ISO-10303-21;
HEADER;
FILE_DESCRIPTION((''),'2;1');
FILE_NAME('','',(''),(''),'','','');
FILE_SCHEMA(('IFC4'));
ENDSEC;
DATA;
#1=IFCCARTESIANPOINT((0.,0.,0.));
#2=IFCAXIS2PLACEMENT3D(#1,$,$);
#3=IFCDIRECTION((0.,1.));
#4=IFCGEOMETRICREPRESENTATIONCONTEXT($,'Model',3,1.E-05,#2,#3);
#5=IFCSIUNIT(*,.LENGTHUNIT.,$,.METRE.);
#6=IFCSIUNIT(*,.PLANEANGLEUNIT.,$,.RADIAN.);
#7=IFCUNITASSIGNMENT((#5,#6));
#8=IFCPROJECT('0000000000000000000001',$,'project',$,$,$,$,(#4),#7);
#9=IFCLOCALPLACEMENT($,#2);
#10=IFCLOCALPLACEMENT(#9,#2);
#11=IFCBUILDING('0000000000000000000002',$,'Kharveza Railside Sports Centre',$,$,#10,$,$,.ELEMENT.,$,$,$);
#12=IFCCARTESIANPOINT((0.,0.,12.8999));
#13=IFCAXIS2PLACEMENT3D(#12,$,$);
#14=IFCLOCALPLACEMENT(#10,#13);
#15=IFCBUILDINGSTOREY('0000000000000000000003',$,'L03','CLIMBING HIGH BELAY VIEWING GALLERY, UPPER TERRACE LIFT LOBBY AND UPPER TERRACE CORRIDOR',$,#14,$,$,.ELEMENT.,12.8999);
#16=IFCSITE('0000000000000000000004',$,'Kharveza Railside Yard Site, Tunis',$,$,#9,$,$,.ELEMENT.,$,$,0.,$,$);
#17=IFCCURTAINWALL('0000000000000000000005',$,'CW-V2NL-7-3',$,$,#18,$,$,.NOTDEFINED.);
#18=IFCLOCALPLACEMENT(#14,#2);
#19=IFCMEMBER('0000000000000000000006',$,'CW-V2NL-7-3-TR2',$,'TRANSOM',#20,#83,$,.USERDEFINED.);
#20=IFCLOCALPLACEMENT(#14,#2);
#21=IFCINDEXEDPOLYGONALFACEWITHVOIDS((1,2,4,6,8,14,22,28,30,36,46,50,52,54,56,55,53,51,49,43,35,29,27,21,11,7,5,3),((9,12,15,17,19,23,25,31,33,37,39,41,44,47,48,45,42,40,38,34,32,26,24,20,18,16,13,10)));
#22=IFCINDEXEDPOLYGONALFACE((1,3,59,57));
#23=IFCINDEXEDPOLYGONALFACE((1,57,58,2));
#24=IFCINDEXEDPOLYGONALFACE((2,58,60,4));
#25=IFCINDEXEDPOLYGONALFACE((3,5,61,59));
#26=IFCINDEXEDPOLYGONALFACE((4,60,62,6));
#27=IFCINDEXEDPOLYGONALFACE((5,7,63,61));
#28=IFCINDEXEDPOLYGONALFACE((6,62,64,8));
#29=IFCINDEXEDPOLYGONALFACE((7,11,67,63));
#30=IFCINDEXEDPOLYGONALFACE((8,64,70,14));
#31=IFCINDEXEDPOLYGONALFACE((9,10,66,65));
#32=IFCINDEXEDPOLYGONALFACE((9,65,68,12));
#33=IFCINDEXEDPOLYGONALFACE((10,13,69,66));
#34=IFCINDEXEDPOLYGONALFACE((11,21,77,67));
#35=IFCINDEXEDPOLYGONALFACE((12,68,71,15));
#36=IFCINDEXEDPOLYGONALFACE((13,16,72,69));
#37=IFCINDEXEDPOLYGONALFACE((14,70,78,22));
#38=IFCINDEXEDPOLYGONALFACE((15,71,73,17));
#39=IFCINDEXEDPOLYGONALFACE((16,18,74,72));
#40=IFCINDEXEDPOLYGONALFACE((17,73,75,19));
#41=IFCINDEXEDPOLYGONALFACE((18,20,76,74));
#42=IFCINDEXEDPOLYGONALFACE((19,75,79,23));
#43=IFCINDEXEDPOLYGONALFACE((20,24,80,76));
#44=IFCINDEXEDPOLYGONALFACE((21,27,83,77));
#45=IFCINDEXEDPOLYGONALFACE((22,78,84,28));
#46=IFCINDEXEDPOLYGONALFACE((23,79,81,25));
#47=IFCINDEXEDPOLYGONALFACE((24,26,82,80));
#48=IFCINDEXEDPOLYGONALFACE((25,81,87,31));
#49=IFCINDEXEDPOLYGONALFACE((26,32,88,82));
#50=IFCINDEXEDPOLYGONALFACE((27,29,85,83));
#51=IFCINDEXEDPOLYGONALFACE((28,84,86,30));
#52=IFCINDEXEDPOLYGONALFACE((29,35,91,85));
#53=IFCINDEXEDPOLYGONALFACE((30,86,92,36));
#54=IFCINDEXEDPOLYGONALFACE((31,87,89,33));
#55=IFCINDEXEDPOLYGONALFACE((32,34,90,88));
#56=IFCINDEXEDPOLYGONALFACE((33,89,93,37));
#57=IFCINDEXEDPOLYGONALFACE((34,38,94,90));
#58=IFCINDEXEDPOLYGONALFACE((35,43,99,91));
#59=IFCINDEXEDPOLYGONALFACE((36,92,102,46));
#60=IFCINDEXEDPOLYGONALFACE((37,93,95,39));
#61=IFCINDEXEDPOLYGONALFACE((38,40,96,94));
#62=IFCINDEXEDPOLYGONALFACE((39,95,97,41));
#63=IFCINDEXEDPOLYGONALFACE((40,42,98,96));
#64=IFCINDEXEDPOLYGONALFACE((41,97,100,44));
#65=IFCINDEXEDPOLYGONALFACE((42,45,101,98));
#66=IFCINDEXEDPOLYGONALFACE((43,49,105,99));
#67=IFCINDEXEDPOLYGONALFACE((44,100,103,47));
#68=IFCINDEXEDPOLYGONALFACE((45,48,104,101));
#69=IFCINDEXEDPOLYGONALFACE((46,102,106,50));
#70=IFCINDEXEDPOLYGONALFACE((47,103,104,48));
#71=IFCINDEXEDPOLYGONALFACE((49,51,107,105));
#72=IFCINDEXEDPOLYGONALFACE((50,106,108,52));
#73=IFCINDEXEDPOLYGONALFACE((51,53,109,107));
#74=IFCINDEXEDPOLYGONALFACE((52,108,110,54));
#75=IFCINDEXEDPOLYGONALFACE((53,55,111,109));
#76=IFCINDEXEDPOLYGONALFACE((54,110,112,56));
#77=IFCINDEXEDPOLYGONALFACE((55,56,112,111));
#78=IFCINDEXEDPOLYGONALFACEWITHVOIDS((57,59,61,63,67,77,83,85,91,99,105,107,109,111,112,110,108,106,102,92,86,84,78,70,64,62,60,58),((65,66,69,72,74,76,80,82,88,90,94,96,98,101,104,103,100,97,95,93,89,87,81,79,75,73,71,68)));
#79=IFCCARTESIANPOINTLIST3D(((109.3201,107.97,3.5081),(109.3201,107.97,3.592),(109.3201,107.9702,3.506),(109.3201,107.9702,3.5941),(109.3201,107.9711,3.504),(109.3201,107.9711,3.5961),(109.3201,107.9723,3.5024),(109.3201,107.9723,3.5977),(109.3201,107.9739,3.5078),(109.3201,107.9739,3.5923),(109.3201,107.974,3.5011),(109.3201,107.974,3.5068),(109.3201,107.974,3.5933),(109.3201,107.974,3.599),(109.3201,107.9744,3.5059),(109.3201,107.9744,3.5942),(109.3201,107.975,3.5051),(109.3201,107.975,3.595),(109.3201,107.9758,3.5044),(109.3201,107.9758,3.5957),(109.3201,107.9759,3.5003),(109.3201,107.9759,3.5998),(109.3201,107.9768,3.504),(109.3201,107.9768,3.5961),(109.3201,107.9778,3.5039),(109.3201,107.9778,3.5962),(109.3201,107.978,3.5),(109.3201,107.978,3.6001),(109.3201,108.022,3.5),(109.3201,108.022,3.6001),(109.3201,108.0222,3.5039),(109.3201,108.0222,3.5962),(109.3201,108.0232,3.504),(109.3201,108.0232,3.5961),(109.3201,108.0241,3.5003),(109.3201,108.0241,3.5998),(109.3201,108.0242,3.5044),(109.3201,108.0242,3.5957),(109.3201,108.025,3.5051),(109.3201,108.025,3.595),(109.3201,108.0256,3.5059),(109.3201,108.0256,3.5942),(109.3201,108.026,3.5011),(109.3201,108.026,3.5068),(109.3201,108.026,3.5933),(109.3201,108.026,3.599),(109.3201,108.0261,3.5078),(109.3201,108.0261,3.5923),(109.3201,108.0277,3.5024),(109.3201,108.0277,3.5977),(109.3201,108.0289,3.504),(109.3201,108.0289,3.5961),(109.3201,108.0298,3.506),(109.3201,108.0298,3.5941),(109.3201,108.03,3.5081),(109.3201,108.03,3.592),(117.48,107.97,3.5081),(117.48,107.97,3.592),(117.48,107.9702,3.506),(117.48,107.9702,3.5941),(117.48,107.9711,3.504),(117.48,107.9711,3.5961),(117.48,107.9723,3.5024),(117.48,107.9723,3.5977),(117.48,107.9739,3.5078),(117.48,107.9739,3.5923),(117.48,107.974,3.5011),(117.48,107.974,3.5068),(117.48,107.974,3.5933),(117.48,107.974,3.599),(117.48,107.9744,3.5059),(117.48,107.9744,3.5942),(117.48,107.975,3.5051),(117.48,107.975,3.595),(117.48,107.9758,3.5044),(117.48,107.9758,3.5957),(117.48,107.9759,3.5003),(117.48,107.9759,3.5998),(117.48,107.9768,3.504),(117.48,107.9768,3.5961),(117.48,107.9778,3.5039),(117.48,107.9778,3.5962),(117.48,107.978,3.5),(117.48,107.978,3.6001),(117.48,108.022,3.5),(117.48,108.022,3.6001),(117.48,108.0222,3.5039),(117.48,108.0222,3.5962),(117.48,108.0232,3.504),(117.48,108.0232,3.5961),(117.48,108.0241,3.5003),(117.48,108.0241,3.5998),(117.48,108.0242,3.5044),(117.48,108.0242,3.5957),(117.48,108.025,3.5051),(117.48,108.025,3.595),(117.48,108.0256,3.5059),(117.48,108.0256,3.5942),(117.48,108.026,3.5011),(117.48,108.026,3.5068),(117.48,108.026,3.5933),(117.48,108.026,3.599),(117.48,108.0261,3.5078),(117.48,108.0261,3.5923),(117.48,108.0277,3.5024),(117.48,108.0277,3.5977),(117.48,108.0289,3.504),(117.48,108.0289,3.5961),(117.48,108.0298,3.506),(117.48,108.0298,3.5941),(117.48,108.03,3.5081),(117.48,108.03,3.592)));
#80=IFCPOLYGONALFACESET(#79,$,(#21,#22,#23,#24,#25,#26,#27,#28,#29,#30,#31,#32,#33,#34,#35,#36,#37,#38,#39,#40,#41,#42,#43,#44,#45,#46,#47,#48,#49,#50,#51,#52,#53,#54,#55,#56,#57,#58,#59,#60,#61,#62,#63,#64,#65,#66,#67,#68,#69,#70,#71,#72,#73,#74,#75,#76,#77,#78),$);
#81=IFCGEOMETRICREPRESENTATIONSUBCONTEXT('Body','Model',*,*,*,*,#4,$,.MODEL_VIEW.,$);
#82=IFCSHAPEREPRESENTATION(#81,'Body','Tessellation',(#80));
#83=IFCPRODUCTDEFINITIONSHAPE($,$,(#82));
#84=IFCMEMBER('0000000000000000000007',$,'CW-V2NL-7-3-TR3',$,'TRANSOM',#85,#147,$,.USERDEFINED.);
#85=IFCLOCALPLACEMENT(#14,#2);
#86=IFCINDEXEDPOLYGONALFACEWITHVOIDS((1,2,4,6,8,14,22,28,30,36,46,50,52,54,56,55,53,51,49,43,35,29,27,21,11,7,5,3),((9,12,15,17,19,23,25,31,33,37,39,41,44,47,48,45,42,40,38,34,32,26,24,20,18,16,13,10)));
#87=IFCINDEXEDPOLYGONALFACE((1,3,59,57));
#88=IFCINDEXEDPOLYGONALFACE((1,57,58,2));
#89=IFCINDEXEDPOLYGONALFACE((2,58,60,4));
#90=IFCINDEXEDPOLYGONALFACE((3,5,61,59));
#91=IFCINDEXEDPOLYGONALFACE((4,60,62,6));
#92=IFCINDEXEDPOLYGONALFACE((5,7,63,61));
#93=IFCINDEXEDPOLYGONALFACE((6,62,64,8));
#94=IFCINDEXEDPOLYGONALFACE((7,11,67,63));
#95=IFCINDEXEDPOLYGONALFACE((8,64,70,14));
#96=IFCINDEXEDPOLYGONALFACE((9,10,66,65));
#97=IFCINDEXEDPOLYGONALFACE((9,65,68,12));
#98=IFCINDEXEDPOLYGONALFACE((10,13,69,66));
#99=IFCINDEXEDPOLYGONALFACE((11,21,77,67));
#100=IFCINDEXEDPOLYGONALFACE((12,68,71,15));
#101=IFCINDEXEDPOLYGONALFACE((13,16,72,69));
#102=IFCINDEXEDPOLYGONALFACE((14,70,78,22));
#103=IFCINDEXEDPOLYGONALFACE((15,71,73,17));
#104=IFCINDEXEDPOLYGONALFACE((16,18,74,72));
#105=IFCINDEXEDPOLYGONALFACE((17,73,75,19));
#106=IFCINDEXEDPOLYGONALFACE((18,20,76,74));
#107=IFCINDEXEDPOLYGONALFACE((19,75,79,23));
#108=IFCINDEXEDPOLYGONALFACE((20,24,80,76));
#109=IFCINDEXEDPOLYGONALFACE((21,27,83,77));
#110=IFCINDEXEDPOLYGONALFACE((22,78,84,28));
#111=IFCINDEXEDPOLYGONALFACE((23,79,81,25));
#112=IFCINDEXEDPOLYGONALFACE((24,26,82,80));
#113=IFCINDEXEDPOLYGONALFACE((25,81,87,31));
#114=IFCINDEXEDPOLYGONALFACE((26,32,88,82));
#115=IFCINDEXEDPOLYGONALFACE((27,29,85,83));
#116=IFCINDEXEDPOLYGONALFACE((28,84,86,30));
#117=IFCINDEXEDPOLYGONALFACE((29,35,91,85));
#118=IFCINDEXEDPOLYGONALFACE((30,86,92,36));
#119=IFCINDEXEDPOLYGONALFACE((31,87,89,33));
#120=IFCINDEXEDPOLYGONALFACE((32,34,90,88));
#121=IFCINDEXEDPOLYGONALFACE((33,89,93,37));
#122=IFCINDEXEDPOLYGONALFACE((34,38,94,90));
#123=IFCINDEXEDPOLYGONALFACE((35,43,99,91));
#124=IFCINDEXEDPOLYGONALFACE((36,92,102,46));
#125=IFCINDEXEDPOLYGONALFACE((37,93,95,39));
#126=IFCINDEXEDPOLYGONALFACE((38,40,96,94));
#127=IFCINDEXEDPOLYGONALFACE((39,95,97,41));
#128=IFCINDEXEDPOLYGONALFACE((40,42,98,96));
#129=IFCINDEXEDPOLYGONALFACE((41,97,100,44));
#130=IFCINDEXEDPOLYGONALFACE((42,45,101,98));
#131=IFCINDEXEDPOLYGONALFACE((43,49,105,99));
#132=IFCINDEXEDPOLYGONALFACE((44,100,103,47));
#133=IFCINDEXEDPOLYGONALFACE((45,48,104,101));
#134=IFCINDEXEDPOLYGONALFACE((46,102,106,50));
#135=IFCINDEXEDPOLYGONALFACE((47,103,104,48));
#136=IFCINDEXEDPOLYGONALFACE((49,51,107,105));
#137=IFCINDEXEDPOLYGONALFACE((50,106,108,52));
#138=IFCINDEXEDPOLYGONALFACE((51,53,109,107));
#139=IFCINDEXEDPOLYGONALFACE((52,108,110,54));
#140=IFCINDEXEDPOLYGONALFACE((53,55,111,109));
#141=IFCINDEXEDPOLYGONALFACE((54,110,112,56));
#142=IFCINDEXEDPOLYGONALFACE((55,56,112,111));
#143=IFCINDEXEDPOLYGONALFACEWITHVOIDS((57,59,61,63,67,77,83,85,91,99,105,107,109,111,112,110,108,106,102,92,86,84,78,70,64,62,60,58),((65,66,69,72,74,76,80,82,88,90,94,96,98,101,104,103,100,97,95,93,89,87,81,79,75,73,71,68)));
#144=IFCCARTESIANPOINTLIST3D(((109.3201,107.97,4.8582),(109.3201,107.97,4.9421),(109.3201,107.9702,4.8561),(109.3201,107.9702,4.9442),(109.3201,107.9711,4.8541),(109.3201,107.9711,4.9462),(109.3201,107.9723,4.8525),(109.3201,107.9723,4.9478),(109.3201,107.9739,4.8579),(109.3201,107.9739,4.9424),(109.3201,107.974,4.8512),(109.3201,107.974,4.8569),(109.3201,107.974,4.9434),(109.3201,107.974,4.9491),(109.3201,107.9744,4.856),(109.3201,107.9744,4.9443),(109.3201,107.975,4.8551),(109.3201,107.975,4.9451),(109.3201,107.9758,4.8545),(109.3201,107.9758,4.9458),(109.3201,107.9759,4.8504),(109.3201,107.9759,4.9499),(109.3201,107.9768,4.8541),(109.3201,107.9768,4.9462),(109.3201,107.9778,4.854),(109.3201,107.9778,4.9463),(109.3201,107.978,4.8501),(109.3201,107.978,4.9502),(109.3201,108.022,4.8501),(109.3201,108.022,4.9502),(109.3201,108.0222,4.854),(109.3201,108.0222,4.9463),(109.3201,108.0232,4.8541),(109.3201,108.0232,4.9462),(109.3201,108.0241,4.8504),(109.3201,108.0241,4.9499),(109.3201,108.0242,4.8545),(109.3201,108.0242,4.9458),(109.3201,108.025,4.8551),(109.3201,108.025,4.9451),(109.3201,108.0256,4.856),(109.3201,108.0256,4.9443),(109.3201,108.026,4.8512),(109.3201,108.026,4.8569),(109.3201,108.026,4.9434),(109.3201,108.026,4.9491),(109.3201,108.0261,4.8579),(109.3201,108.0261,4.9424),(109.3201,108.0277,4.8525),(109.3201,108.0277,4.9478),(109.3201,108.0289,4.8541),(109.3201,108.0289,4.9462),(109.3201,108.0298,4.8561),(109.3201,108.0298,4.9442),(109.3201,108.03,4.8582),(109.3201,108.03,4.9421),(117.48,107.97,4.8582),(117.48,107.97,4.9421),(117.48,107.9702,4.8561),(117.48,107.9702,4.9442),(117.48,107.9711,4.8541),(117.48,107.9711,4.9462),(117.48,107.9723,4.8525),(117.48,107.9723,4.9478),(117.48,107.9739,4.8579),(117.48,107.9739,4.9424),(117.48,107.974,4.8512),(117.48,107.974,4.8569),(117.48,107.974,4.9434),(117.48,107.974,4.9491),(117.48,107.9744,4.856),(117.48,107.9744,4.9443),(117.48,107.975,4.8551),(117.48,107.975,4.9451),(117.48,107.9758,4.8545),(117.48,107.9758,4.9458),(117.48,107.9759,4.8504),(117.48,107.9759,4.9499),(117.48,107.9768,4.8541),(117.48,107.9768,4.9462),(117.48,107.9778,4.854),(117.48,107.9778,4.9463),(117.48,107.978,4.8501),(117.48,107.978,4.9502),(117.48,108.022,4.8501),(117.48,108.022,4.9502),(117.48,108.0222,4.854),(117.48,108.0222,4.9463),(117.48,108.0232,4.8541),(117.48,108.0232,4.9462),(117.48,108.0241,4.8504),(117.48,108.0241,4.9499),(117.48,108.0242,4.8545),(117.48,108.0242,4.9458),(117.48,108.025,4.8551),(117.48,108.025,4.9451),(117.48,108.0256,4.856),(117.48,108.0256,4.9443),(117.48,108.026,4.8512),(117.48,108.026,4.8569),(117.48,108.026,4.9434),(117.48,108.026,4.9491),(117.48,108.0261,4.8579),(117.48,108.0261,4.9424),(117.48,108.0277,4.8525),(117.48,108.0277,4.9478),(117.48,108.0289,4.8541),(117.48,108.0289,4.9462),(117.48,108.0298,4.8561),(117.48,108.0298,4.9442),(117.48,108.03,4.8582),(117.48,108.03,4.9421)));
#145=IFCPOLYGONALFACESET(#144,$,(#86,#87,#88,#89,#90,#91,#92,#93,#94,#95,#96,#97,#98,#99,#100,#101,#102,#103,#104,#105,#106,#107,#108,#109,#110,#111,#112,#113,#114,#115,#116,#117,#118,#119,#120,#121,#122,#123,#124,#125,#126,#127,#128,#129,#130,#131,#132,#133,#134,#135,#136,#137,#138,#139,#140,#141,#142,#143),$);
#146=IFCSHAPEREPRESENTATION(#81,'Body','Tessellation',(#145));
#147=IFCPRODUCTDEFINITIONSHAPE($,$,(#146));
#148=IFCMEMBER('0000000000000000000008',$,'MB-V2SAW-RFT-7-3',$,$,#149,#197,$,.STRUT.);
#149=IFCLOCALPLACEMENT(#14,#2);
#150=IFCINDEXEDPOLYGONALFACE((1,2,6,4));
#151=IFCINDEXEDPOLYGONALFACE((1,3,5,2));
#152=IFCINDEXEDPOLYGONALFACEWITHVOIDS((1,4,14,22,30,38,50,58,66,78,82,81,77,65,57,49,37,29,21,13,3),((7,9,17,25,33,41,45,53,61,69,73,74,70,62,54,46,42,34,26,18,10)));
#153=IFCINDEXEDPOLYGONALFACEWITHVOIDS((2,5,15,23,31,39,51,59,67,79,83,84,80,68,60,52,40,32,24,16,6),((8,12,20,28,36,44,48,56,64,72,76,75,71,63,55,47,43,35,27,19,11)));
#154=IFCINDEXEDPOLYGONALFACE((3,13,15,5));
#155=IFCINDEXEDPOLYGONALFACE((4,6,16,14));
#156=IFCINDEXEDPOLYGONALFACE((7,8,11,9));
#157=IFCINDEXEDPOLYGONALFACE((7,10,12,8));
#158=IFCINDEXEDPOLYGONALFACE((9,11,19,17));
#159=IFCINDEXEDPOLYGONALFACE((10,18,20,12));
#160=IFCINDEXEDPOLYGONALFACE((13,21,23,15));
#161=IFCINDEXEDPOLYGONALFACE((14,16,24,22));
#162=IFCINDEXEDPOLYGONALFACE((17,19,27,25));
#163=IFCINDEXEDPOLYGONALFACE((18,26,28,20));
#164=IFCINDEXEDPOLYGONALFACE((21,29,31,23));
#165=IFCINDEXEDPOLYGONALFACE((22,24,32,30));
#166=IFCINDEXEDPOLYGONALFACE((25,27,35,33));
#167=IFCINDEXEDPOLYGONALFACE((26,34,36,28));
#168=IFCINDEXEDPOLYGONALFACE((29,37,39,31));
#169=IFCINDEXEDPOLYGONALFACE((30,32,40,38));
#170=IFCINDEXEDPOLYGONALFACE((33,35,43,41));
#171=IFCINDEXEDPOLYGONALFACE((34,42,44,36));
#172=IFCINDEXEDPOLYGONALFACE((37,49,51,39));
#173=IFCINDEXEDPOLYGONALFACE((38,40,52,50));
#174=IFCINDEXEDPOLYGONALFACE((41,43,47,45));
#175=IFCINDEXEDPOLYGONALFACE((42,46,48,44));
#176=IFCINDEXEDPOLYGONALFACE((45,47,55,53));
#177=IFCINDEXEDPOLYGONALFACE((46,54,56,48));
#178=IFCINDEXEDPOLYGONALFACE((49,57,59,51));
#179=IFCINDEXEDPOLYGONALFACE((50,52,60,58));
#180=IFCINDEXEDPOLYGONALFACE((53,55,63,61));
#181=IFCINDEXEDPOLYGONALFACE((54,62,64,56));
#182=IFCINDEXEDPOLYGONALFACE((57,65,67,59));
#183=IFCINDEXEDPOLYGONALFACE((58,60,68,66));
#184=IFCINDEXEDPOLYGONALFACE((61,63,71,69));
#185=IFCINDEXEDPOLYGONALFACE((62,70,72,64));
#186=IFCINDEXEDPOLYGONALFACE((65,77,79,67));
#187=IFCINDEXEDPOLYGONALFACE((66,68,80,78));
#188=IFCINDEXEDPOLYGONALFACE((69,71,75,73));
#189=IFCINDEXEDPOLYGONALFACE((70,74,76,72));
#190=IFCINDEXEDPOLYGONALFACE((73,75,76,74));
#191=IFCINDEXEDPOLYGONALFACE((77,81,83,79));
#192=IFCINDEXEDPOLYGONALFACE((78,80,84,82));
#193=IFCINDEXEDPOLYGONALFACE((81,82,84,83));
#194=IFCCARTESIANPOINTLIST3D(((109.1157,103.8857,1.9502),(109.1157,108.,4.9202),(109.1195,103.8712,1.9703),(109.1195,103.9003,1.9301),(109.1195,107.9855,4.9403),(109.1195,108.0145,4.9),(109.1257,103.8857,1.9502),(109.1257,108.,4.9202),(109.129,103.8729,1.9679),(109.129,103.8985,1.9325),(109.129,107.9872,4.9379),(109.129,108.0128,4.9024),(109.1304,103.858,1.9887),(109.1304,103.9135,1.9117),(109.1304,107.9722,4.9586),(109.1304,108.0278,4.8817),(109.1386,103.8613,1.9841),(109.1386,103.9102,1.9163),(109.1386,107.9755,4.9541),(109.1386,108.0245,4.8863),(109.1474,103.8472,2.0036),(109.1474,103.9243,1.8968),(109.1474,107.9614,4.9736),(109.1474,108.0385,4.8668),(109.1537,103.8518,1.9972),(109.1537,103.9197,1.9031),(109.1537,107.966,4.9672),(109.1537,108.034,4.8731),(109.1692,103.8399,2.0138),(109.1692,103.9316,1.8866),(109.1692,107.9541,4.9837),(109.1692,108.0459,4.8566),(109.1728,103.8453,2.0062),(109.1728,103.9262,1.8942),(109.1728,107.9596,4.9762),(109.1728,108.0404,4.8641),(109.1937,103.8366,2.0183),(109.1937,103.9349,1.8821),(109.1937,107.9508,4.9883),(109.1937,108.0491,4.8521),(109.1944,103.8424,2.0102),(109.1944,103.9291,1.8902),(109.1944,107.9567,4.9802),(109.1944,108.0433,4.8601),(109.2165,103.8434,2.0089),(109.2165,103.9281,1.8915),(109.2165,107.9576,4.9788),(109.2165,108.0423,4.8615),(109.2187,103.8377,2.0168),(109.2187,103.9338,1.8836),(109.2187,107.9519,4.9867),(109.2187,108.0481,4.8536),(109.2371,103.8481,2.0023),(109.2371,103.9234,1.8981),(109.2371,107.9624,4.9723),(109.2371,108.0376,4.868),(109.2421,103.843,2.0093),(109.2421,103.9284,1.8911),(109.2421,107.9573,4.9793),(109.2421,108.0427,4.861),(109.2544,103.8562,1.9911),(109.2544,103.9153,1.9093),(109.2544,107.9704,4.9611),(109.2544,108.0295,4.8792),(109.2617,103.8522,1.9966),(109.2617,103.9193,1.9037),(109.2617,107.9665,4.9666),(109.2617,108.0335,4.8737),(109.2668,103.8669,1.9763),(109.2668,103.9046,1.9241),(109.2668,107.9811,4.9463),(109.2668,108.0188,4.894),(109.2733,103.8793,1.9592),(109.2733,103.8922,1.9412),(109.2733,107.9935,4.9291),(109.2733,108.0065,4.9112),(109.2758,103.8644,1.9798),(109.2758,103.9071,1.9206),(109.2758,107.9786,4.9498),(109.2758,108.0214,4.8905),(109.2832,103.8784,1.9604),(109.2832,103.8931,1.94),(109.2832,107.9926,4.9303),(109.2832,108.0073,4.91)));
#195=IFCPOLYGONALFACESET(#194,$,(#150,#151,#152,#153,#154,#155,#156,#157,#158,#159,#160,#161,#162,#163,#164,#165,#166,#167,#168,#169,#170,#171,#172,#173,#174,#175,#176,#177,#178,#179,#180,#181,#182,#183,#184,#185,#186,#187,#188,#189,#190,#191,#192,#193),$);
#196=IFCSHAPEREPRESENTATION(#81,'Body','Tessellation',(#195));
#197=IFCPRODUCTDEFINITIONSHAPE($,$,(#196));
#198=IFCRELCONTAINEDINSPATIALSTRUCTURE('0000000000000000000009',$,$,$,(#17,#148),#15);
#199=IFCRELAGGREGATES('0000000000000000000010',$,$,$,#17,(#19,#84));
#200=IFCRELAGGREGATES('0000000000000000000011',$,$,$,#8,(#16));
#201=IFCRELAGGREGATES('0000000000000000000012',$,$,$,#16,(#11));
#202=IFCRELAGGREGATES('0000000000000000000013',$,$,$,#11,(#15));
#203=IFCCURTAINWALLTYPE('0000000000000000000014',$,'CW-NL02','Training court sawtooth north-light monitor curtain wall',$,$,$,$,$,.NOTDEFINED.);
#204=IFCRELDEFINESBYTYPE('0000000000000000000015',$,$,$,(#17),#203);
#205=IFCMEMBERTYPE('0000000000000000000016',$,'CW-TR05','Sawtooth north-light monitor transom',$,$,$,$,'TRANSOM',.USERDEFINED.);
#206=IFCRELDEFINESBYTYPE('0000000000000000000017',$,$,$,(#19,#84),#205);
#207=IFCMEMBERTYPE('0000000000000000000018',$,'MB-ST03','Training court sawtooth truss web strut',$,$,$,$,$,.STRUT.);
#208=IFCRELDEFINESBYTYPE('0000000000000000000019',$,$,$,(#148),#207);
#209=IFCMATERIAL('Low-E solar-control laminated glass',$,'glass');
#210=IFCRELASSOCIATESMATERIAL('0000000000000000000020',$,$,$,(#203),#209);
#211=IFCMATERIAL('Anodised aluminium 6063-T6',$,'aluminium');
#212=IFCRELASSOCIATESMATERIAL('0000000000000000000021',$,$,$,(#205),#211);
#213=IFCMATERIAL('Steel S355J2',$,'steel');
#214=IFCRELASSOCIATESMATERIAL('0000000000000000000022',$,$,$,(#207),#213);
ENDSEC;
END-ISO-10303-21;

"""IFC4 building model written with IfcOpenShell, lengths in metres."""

from ifc_helpers import new_model, si_unit, direction, frame, origin, origin_2d, place, context, subcontext, project, spatial, hollow_rectangle, hollow_circle, extrude, material, material_profile, profile_set, type_object, element, aggregate, save


model = new_model("IFC4")

# Units and contexts
model_context = context("Model", 3, precision=1e-05, world=origin(), true_north=direction((0.0, 1.0)))
body_context = subcontext(model_context, "Body", "Model", "MODEL_VIEW")
ifc_project = project(units=[si_unit("LENGTHUNIT", "METRE"), si_unit("PLANEANGLEUNIT", "RADIAN")], contexts=[model_context])

# Site, building, storey
site_placement = place(None, origin())
site = spatial("IfcSite", under=ifc_project, at=site_placement, Name="Kharveza Railside Yard Site, Tunis", CompositionType="ELEMENT", RefElevation=0.0)
building_placement = place(site_placement, origin())
building = spatial("IfcBuilding", under=site, at=building_placement, Name="Kharveza Railside Sports Centre", CompositionType="ELEMENT")
storey_placement = place(building_placement, frame((0.0, 0.0, 12.8999)))
storey = spatial("IfcBuildingStorey", under=building, at=storey_placement, Name="L03", Description="CLIMBING HIGH BELAY VIEWING GALLERY, UPPER TERRACE LIFT LOBBY AND UPPER TERRACE CORRIDOR", CompositionType="ELEMENT", Elevation=12.8999)

# Shared definitions
ifc_material_1 = material(Name="Steel S355J2", Category="steel")

# Curtain wall
ifc_material_2 = material(Name="Low-E solar-control laminated glass", Category="glass")
curtain_wall_type = type_object("IfcCurtainWallType", Name="CW-NL02", Description="Training court sawtooth north-light monitor curtain wall", PredefinedType="NOTDEFINED", material=ifc_material_2)
ifc_material_3 = material(Name="Anodised aluminium 6063-T6", Category="aluminium")
curtain_wall_1_placement = place(storey_placement, origin())
curtain_wall_1 = element("IfcCurtainWall", 1, at=curtain_wall_1_placement, inside=storey, type_object=curtain_wall_type, Name="CW-V2NL-7-3", PredefinedType="NOTDEFINED")

# Members
ifc_material_profile_1 = material_profile(ifc_material_3, hollow_rectangle(XDim=0.0601, YDim=0.1001, WallThickness=0.0039, InnerFilletRadius=0.0039, OuterFilletRadius=0.0081, at=origin_2d()), Name="RHS 60x100x4.0")
ifc_profile_set_1 = profile_set([ifc_material_profile_1], Name="Anodised aluminium 6063-T6")
member_type_1 = type_object("IfcMemberType", Name="CW-TR05", Description="Sawtooth north-light monitor transom", ElementType="TRANSOM", PredefinedType="USERDEFINED", material=ifc_profile_set_1)
member_1_placement = place(storey_placement, frame((109.3201, 108.0, 3.55), z_axis=(1.0, 0.0, 0.0), x_axis=(0.0, 1.0, 0.0)))
member_1 = element("IfcMember", 2, at=member_1_placement, type_object=member_type_1, Name="CW-V2NL-7-3-TR2", ObjectType="TRANSOM", PredefinedType="USERDEFINED", context=body_context, shape_type="SweptSolid", body=[
    extrude(hollow_rectangle(XDim=0.0601, YDim=0.1001, WallThickness=0.0039, InnerFilletRadius=0.0039, OuterFilletRadius=0.0081, at=origin_2d()), origin(), (0.0, 0.0, 1.0), 8.1599),
])
member_2_placement = place(storey_placement, frame((109.3201, 108.0, 4.9001), z_axis=(1.0, 0.0, 0.0), x_axis=(0.0, 1.0, 0.0)))
member_2 = element("IfcMember", 3, at=member_2_placement, type_object=member_type_1, Name="CW-V2NL-7-3-TR3", ObjectType="TRANSOM", PredefinedType="USERDEFINED", context=body_context, shape_type="SweptSolid", body=[
    extrude(hollow_rectangle(XDim=0.0601, YDim=0.1001, WallThickness=0.0039, InnerFilletRadius=0.0039, OuterFilletRadius=0.0081, at=origin_2d()), origin(), (0.0, 0.0, 1.0), 8.1599),
])

# Member
ifc_material_profile_2 = material_profile(ifc_material_1, hollow_circle(Radius=0.0842, WallThickness=0.01, at=origin_2d()), Name="CHS 168.3x10.0")
ifc_profile_set_2 = profile_set([ifc_material_profile_2], Name="Steel S355J2")
member_type_2 = type_object("IfcMemberType", Name="MB-ST03", Description="Training court sawtooth truss web strut", PredefinedType="STRUT", material=ifc_profile_set_2)
for number, where, z_axis, x_axis, name in (
    (4, (109.2, 103.8857, 1.9502), (0.0, 0.810814, 0.585304), (-1.0, 0.0, 0.0), "MB-V2SAW-RFT-7-3"),
):
    element("IfcMember", number, at=place(storey_placement, frame(where, z_axis=z_axis, x_axis=x_axis)), inside=storey, type_object=member_type_2, Name=name, PredefinedType="STRUT", context=body_context, shape_type="SweptSolid", body=[
        extrude(hollow_circle(Radius=0.0842, WallThickness=0.01, at=origin_2d()), origin(), (0.0, 0.0, 1.0), 5.0742),
    ])

aggregate(curtain_wall_1, [member_1, member_2])

save(model, "model.ifc")
